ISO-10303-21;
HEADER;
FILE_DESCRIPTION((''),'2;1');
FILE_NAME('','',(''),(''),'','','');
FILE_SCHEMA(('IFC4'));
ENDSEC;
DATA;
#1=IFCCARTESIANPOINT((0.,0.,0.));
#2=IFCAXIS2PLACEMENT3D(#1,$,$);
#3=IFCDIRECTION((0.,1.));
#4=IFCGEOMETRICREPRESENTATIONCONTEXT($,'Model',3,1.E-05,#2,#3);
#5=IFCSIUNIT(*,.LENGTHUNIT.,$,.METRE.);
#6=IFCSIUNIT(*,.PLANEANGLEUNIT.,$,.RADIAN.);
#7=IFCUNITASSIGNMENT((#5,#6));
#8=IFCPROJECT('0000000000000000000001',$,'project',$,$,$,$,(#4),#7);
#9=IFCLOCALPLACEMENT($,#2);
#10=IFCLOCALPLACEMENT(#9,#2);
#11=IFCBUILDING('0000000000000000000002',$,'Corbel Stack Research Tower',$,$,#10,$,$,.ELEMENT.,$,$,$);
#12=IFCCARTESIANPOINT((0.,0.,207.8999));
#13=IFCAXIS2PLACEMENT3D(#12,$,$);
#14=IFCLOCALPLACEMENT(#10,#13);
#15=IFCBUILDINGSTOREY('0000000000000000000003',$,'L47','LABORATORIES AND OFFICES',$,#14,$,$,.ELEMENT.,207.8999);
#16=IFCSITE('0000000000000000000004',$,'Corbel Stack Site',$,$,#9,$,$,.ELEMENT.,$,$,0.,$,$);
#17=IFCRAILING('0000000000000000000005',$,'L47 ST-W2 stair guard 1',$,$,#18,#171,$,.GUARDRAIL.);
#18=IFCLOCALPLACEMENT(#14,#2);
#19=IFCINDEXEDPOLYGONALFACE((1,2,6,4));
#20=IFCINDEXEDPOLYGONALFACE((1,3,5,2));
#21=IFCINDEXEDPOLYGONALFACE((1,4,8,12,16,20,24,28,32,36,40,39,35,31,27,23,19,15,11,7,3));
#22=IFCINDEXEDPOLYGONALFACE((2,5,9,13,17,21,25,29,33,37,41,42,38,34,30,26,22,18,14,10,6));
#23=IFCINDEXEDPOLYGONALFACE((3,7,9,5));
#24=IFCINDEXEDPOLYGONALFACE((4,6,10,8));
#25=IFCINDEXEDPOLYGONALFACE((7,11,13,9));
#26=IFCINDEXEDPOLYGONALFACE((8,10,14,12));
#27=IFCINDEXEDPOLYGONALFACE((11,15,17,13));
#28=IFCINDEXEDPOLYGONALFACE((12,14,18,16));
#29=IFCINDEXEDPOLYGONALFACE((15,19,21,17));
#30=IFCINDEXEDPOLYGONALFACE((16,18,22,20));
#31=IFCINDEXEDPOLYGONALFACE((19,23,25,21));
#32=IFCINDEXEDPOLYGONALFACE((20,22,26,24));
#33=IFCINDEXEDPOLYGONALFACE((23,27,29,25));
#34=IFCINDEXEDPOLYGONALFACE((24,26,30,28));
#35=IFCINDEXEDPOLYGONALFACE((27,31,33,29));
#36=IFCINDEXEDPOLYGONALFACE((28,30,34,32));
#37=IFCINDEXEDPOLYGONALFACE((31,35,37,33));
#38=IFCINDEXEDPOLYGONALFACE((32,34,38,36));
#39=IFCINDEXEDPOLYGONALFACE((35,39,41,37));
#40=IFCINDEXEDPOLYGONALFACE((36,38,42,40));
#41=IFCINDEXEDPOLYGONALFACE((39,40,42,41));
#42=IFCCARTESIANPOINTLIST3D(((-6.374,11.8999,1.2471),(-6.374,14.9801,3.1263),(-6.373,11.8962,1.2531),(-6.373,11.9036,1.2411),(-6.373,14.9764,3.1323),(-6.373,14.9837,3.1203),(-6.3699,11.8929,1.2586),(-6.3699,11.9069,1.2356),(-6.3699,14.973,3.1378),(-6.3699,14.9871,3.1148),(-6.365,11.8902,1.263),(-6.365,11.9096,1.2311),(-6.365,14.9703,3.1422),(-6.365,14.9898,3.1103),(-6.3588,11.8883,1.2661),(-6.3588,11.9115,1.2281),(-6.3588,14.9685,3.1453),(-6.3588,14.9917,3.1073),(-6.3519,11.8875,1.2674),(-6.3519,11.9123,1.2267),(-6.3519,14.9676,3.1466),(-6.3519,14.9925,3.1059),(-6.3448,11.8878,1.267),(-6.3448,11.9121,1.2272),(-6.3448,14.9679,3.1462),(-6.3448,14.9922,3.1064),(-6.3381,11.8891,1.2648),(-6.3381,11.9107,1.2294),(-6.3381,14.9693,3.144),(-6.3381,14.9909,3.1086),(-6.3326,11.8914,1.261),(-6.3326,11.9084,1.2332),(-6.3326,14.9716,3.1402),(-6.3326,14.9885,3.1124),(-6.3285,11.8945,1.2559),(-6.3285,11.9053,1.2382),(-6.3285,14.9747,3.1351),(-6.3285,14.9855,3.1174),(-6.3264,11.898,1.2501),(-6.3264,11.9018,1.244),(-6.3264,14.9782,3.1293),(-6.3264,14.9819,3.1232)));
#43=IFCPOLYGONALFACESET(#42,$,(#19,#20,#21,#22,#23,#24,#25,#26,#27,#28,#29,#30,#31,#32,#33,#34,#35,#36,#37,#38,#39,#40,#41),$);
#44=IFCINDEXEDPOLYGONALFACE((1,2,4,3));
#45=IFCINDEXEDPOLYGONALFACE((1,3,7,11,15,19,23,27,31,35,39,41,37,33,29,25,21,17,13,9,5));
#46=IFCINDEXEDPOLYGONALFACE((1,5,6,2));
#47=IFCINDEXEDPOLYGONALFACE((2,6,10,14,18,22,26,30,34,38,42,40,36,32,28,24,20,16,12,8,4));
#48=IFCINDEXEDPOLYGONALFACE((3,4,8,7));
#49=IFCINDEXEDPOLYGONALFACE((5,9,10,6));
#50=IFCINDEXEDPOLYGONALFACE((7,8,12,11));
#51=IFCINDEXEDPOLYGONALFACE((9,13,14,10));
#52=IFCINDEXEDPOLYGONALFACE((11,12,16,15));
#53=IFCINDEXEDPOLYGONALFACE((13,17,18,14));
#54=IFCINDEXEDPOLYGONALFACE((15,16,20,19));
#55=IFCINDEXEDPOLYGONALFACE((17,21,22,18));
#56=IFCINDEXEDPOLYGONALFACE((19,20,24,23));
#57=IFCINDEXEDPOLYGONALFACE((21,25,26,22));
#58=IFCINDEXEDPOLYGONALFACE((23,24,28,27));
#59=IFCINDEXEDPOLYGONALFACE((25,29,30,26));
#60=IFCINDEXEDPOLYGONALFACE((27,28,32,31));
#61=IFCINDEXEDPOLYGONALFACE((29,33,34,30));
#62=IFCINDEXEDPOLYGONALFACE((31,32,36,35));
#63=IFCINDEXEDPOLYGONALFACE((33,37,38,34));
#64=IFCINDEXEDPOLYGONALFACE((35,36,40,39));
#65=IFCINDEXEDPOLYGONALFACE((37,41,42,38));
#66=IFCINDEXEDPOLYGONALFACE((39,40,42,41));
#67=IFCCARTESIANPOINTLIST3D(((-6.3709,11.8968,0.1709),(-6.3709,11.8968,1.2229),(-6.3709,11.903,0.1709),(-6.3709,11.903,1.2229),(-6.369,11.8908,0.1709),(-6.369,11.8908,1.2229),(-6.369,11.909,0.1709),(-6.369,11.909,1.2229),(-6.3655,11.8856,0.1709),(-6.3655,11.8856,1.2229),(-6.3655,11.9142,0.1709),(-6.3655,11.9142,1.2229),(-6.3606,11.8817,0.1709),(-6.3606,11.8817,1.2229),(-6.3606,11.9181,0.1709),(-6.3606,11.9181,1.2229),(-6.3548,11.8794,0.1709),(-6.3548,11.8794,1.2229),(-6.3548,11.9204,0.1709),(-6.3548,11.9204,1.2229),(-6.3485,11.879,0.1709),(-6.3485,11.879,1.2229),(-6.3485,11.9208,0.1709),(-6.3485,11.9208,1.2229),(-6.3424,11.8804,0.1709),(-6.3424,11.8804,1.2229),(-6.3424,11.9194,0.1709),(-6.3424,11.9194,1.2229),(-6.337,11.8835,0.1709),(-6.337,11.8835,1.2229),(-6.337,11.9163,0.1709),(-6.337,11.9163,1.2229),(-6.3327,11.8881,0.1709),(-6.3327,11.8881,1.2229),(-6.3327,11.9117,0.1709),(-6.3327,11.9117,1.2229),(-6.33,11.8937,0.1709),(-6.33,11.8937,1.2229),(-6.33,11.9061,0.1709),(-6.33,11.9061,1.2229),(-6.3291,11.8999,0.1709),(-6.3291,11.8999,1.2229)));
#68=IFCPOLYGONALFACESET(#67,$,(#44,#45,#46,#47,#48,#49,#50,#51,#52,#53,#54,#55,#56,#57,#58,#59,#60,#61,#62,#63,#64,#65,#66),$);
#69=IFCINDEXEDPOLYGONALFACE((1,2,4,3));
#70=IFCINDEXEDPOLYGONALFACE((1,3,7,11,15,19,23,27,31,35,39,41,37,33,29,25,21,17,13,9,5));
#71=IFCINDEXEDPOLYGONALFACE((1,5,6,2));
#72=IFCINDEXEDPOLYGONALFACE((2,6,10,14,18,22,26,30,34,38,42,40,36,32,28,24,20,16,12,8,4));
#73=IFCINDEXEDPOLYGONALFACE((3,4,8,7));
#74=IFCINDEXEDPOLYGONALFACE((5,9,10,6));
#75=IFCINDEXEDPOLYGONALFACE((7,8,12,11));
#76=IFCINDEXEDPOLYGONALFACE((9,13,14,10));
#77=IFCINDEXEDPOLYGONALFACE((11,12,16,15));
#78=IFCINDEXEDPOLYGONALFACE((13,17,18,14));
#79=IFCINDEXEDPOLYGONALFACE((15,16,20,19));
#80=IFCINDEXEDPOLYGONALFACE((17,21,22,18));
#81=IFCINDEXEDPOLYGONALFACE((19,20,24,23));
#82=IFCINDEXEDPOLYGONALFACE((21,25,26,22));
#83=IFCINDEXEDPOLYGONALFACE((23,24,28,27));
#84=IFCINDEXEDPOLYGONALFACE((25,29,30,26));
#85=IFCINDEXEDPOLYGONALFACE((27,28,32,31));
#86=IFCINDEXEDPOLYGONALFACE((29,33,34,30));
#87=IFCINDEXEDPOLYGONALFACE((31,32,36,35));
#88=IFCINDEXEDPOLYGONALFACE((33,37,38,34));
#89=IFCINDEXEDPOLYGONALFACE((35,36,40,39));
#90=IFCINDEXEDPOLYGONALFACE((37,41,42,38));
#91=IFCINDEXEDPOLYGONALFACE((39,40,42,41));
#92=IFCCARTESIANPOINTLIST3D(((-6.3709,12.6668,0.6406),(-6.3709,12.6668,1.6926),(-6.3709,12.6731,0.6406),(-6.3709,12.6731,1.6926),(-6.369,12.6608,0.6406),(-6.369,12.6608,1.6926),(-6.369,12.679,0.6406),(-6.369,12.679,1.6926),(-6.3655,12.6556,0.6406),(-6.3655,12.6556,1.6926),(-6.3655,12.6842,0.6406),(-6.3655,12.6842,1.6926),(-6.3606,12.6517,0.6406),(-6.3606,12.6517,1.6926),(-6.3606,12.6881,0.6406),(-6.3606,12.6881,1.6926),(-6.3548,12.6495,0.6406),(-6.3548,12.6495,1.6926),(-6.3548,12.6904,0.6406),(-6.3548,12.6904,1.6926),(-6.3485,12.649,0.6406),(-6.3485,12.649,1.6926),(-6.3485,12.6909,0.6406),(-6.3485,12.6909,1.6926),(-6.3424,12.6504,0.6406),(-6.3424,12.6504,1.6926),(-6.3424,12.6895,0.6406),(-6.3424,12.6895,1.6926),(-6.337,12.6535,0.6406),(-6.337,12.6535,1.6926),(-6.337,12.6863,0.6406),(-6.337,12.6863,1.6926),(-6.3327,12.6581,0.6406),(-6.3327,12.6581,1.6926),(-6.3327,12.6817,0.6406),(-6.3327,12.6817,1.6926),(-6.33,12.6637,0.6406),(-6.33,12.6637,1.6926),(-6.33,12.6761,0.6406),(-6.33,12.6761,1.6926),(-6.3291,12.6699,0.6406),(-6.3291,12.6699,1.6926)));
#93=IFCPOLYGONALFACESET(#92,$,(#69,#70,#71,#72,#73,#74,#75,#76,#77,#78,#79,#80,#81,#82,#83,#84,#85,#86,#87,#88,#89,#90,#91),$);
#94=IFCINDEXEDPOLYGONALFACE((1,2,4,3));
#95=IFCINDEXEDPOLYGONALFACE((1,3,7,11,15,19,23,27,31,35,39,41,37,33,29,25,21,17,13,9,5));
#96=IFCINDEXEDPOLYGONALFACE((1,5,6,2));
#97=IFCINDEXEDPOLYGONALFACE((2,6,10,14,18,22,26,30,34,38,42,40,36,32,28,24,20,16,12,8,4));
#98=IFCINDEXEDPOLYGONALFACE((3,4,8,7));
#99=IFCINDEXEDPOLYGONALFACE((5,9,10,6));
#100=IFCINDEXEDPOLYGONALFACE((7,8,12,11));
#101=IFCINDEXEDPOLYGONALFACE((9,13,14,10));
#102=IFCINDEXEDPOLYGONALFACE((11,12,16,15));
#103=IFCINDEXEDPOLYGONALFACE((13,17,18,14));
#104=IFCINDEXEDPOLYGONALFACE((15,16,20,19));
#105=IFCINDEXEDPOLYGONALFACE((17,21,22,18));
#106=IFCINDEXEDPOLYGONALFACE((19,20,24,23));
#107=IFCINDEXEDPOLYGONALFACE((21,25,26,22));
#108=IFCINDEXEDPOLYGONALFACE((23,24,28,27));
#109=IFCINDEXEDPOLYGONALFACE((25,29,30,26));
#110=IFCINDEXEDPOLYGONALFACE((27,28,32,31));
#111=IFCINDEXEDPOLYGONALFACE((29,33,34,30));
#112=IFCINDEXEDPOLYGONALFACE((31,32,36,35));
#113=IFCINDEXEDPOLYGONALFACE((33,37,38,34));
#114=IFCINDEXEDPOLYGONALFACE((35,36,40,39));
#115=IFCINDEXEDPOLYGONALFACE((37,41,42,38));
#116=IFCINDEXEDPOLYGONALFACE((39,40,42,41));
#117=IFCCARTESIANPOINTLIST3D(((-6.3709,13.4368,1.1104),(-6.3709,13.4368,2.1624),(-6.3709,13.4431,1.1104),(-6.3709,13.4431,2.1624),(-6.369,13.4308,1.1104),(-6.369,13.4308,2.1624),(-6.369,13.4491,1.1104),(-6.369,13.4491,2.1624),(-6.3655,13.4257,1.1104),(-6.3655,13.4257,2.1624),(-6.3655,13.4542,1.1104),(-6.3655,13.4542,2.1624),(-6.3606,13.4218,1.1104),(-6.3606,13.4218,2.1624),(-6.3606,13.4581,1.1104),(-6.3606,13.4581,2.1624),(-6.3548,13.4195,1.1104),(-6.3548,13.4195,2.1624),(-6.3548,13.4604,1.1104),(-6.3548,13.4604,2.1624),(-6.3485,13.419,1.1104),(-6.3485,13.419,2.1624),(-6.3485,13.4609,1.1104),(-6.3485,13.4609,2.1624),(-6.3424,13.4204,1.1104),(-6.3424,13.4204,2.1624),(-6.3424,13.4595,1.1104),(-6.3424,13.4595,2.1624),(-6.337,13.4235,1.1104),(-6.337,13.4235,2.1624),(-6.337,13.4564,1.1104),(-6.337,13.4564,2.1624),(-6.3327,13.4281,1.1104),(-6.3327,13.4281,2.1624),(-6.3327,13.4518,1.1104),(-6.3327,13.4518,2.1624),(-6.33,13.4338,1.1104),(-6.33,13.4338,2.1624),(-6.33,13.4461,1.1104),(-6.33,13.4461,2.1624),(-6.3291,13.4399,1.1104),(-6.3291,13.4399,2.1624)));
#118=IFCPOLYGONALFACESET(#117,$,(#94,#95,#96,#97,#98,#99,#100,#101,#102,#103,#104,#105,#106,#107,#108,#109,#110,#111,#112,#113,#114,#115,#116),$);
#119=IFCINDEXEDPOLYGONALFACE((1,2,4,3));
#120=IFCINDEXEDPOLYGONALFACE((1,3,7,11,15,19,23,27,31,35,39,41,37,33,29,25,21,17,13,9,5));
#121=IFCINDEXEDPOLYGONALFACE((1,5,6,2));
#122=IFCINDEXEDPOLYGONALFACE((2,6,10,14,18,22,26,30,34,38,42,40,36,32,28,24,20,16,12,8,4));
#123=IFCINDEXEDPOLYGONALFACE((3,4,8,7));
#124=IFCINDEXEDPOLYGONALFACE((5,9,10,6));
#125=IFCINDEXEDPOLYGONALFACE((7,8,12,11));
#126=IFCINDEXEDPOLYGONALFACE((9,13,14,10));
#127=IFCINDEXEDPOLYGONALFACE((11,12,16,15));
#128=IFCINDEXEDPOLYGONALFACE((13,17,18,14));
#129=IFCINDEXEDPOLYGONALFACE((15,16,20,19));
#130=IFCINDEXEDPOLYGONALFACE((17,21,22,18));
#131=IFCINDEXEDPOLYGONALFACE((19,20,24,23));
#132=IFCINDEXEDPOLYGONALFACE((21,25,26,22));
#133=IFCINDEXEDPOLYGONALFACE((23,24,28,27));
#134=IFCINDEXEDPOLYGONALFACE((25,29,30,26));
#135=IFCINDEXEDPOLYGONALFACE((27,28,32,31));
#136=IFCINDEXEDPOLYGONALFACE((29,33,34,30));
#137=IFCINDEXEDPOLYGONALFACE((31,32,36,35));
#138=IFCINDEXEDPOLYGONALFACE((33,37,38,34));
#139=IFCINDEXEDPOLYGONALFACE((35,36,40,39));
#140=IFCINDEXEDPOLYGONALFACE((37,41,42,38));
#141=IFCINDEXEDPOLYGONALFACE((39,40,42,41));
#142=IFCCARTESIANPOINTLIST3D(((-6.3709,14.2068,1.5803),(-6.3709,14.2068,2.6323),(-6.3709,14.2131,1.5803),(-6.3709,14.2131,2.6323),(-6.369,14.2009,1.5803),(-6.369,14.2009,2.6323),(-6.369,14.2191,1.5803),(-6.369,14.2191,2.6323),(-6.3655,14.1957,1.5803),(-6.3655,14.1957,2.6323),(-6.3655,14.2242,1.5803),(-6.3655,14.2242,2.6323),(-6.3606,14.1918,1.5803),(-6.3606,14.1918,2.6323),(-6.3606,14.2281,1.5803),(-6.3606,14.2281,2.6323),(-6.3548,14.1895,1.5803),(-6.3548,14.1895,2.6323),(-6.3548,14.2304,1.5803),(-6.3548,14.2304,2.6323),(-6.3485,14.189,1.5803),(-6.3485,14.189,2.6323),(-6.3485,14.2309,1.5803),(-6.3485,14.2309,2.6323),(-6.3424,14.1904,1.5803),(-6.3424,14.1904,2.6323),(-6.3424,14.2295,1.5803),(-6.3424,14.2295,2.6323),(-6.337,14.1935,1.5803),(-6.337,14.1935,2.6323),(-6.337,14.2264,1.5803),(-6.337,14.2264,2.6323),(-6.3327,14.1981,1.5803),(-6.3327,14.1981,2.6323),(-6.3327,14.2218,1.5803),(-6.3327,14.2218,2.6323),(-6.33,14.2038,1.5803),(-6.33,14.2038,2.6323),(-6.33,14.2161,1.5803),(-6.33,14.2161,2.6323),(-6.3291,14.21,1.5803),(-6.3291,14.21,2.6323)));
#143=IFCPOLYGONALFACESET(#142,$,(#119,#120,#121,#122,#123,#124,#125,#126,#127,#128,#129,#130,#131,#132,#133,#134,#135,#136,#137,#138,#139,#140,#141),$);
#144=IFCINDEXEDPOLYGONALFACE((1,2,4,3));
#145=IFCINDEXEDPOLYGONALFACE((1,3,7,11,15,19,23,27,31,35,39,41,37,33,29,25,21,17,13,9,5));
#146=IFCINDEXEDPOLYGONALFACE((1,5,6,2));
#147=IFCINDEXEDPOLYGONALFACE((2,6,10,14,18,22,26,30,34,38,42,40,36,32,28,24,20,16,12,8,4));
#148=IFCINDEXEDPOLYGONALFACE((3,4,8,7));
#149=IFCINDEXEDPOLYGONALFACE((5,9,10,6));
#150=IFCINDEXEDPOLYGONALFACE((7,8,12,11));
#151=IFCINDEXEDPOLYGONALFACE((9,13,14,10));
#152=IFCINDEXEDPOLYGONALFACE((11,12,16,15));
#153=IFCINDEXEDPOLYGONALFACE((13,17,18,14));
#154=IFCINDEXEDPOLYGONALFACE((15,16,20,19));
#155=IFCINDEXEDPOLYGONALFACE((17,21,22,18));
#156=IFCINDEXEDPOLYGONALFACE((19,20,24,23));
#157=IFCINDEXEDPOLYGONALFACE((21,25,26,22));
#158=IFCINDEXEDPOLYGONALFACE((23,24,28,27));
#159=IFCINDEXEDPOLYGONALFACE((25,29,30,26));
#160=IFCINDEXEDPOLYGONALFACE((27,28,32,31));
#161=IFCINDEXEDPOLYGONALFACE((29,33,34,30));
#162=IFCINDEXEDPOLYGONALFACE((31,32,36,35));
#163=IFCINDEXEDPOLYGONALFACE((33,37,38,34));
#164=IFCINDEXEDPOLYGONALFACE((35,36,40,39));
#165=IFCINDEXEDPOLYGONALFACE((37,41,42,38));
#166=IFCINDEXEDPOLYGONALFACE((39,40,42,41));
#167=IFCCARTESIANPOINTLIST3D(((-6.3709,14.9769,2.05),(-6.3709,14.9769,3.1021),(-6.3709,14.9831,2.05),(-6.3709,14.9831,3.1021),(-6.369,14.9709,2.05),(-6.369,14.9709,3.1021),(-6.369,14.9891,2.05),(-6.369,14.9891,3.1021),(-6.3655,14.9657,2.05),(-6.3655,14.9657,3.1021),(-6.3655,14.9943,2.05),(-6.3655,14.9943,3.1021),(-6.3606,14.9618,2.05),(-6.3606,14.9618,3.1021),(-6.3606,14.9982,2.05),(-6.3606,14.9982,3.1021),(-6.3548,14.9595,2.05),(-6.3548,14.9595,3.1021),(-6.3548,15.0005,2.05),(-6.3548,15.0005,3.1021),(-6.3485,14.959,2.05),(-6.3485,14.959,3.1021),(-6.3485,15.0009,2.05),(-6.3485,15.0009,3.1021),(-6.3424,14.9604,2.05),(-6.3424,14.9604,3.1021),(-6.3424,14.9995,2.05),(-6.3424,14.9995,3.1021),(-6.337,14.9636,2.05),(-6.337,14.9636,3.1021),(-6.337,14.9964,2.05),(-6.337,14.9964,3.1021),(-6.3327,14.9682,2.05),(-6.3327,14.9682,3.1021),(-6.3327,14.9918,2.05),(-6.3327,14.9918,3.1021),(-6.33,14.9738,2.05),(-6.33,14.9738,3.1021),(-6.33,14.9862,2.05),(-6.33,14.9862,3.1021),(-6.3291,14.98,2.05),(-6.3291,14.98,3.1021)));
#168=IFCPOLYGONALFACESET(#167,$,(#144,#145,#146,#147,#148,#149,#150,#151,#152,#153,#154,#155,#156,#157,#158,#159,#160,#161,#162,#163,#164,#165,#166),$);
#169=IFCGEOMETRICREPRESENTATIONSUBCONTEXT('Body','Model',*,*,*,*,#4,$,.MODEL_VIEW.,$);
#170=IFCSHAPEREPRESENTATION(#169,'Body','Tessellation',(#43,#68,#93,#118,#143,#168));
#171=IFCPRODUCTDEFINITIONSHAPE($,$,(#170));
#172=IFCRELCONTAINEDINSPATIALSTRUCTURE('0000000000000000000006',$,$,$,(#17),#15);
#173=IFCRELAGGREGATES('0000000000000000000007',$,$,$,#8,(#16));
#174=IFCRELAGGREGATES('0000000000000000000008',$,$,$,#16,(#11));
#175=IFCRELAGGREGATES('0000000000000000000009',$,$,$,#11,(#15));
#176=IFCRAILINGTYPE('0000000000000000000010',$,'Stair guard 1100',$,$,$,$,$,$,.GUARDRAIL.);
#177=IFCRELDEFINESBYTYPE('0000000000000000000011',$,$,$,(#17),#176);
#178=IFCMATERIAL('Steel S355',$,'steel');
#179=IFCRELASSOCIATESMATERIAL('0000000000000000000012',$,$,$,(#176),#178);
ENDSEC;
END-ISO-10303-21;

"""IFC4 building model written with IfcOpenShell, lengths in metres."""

from ifc_helpers import new_model, si_unit, direction, frame, origin, origin_2d, place, context, subcontext, project, spatial, circle, extrude, material, type_object, element, save


model = new_model("IFC4")

# Units and contexts
model_context = context("Model", 3, precision=1e-05, world=origin(), true_north=direction((0.0, 1.0)))
body_context = subcontext(model_context, "Body", "Model", "MODEL_VIEW")
ifc_project = project(units=[si_unit("LENGTHUNIT", "METRE"), si_unit("PLANEANGLEUNIT", "RADIAN")], contexts=[model_context])

# Site, building, storey
site_placement = place(None, origin())
site = spatial("IfcSite", under=ifc_project, at=site_placement, Name="Corbel Stack Site", CompositionType="ELEMENT", RefElevation=0.0)
building_placement = place(site_placement, origin())
building = spatial("IfcBuilding", under=site, at=building_placement, Name="Corbel Stack Research Tower", CompositionType="ELEMENT")
storey_placement = place(building_placement, frame((0.0, 0.0, 207.8999)))
storey = spatial("IfcBuildingStorey", under=building, at=storey_placement, Name="L47", Description="LABORATORIES AND OFFICES", CompositionType="ELEMENT", Elevation=207.8999)

# Railing
ifc_material_1 = material(Name="Steel S355", Category="steel")
railing_type = type_object("IfcRailingType", Name="Stair guard 1100", PredefinedType="GUARDRAIL", material=ifc_material_1)
railing_1_placement = place(storey_placement, frame((-6.3501, 11.8999, 0.1709)))
element("IfcRailing", 1, at=railing_1_placement, inside=storey, type_object=railing_type, Name="L47 ST-W2 stair guard 1", PredefinedType="GUARDRAIL", context=body_context, shape_type="SweptSolid", body=[
    extrude(circle(Radius=0.0239, at=origin_2d()), frame((0.0, 0.0, 1.0762), z_axis=(0.0, 0.853666, 0.52082), x_axis=(-1.0, 0.0, 0.0)), (0.0, 0.0, 1.0), 3.6082),
    extrude(circle(Radius=0.021, at=origin_2d()), origin(), (0.0, 0.0, 1.0), 1.052),
    extrude(circle(Radius=0.021, at=origin_2d()), frame((0.0, 0.77, 0.4697)), (0.0, 0.0, 1.0), 1.052),
    extrude(circle(Radius=0.021, at=origin_2d()), frame((0.0, 1.54, 0.9395)), (0.0, 0.0, 1.0), 1.052),
    extrude(circle(Radius=0.021, at=origin_2d()), frame((0.0, 2.3101, 1.4094)), (0.0, 0.0, 1.0), 1.052),
    extrude(circle(Radius=0.021, at=origin_2d()), frame((0.0, 3.0801, 1.8792)), (0.0, 0.0, 1.0), 1.052),
])

save(model, "model.ifc")
